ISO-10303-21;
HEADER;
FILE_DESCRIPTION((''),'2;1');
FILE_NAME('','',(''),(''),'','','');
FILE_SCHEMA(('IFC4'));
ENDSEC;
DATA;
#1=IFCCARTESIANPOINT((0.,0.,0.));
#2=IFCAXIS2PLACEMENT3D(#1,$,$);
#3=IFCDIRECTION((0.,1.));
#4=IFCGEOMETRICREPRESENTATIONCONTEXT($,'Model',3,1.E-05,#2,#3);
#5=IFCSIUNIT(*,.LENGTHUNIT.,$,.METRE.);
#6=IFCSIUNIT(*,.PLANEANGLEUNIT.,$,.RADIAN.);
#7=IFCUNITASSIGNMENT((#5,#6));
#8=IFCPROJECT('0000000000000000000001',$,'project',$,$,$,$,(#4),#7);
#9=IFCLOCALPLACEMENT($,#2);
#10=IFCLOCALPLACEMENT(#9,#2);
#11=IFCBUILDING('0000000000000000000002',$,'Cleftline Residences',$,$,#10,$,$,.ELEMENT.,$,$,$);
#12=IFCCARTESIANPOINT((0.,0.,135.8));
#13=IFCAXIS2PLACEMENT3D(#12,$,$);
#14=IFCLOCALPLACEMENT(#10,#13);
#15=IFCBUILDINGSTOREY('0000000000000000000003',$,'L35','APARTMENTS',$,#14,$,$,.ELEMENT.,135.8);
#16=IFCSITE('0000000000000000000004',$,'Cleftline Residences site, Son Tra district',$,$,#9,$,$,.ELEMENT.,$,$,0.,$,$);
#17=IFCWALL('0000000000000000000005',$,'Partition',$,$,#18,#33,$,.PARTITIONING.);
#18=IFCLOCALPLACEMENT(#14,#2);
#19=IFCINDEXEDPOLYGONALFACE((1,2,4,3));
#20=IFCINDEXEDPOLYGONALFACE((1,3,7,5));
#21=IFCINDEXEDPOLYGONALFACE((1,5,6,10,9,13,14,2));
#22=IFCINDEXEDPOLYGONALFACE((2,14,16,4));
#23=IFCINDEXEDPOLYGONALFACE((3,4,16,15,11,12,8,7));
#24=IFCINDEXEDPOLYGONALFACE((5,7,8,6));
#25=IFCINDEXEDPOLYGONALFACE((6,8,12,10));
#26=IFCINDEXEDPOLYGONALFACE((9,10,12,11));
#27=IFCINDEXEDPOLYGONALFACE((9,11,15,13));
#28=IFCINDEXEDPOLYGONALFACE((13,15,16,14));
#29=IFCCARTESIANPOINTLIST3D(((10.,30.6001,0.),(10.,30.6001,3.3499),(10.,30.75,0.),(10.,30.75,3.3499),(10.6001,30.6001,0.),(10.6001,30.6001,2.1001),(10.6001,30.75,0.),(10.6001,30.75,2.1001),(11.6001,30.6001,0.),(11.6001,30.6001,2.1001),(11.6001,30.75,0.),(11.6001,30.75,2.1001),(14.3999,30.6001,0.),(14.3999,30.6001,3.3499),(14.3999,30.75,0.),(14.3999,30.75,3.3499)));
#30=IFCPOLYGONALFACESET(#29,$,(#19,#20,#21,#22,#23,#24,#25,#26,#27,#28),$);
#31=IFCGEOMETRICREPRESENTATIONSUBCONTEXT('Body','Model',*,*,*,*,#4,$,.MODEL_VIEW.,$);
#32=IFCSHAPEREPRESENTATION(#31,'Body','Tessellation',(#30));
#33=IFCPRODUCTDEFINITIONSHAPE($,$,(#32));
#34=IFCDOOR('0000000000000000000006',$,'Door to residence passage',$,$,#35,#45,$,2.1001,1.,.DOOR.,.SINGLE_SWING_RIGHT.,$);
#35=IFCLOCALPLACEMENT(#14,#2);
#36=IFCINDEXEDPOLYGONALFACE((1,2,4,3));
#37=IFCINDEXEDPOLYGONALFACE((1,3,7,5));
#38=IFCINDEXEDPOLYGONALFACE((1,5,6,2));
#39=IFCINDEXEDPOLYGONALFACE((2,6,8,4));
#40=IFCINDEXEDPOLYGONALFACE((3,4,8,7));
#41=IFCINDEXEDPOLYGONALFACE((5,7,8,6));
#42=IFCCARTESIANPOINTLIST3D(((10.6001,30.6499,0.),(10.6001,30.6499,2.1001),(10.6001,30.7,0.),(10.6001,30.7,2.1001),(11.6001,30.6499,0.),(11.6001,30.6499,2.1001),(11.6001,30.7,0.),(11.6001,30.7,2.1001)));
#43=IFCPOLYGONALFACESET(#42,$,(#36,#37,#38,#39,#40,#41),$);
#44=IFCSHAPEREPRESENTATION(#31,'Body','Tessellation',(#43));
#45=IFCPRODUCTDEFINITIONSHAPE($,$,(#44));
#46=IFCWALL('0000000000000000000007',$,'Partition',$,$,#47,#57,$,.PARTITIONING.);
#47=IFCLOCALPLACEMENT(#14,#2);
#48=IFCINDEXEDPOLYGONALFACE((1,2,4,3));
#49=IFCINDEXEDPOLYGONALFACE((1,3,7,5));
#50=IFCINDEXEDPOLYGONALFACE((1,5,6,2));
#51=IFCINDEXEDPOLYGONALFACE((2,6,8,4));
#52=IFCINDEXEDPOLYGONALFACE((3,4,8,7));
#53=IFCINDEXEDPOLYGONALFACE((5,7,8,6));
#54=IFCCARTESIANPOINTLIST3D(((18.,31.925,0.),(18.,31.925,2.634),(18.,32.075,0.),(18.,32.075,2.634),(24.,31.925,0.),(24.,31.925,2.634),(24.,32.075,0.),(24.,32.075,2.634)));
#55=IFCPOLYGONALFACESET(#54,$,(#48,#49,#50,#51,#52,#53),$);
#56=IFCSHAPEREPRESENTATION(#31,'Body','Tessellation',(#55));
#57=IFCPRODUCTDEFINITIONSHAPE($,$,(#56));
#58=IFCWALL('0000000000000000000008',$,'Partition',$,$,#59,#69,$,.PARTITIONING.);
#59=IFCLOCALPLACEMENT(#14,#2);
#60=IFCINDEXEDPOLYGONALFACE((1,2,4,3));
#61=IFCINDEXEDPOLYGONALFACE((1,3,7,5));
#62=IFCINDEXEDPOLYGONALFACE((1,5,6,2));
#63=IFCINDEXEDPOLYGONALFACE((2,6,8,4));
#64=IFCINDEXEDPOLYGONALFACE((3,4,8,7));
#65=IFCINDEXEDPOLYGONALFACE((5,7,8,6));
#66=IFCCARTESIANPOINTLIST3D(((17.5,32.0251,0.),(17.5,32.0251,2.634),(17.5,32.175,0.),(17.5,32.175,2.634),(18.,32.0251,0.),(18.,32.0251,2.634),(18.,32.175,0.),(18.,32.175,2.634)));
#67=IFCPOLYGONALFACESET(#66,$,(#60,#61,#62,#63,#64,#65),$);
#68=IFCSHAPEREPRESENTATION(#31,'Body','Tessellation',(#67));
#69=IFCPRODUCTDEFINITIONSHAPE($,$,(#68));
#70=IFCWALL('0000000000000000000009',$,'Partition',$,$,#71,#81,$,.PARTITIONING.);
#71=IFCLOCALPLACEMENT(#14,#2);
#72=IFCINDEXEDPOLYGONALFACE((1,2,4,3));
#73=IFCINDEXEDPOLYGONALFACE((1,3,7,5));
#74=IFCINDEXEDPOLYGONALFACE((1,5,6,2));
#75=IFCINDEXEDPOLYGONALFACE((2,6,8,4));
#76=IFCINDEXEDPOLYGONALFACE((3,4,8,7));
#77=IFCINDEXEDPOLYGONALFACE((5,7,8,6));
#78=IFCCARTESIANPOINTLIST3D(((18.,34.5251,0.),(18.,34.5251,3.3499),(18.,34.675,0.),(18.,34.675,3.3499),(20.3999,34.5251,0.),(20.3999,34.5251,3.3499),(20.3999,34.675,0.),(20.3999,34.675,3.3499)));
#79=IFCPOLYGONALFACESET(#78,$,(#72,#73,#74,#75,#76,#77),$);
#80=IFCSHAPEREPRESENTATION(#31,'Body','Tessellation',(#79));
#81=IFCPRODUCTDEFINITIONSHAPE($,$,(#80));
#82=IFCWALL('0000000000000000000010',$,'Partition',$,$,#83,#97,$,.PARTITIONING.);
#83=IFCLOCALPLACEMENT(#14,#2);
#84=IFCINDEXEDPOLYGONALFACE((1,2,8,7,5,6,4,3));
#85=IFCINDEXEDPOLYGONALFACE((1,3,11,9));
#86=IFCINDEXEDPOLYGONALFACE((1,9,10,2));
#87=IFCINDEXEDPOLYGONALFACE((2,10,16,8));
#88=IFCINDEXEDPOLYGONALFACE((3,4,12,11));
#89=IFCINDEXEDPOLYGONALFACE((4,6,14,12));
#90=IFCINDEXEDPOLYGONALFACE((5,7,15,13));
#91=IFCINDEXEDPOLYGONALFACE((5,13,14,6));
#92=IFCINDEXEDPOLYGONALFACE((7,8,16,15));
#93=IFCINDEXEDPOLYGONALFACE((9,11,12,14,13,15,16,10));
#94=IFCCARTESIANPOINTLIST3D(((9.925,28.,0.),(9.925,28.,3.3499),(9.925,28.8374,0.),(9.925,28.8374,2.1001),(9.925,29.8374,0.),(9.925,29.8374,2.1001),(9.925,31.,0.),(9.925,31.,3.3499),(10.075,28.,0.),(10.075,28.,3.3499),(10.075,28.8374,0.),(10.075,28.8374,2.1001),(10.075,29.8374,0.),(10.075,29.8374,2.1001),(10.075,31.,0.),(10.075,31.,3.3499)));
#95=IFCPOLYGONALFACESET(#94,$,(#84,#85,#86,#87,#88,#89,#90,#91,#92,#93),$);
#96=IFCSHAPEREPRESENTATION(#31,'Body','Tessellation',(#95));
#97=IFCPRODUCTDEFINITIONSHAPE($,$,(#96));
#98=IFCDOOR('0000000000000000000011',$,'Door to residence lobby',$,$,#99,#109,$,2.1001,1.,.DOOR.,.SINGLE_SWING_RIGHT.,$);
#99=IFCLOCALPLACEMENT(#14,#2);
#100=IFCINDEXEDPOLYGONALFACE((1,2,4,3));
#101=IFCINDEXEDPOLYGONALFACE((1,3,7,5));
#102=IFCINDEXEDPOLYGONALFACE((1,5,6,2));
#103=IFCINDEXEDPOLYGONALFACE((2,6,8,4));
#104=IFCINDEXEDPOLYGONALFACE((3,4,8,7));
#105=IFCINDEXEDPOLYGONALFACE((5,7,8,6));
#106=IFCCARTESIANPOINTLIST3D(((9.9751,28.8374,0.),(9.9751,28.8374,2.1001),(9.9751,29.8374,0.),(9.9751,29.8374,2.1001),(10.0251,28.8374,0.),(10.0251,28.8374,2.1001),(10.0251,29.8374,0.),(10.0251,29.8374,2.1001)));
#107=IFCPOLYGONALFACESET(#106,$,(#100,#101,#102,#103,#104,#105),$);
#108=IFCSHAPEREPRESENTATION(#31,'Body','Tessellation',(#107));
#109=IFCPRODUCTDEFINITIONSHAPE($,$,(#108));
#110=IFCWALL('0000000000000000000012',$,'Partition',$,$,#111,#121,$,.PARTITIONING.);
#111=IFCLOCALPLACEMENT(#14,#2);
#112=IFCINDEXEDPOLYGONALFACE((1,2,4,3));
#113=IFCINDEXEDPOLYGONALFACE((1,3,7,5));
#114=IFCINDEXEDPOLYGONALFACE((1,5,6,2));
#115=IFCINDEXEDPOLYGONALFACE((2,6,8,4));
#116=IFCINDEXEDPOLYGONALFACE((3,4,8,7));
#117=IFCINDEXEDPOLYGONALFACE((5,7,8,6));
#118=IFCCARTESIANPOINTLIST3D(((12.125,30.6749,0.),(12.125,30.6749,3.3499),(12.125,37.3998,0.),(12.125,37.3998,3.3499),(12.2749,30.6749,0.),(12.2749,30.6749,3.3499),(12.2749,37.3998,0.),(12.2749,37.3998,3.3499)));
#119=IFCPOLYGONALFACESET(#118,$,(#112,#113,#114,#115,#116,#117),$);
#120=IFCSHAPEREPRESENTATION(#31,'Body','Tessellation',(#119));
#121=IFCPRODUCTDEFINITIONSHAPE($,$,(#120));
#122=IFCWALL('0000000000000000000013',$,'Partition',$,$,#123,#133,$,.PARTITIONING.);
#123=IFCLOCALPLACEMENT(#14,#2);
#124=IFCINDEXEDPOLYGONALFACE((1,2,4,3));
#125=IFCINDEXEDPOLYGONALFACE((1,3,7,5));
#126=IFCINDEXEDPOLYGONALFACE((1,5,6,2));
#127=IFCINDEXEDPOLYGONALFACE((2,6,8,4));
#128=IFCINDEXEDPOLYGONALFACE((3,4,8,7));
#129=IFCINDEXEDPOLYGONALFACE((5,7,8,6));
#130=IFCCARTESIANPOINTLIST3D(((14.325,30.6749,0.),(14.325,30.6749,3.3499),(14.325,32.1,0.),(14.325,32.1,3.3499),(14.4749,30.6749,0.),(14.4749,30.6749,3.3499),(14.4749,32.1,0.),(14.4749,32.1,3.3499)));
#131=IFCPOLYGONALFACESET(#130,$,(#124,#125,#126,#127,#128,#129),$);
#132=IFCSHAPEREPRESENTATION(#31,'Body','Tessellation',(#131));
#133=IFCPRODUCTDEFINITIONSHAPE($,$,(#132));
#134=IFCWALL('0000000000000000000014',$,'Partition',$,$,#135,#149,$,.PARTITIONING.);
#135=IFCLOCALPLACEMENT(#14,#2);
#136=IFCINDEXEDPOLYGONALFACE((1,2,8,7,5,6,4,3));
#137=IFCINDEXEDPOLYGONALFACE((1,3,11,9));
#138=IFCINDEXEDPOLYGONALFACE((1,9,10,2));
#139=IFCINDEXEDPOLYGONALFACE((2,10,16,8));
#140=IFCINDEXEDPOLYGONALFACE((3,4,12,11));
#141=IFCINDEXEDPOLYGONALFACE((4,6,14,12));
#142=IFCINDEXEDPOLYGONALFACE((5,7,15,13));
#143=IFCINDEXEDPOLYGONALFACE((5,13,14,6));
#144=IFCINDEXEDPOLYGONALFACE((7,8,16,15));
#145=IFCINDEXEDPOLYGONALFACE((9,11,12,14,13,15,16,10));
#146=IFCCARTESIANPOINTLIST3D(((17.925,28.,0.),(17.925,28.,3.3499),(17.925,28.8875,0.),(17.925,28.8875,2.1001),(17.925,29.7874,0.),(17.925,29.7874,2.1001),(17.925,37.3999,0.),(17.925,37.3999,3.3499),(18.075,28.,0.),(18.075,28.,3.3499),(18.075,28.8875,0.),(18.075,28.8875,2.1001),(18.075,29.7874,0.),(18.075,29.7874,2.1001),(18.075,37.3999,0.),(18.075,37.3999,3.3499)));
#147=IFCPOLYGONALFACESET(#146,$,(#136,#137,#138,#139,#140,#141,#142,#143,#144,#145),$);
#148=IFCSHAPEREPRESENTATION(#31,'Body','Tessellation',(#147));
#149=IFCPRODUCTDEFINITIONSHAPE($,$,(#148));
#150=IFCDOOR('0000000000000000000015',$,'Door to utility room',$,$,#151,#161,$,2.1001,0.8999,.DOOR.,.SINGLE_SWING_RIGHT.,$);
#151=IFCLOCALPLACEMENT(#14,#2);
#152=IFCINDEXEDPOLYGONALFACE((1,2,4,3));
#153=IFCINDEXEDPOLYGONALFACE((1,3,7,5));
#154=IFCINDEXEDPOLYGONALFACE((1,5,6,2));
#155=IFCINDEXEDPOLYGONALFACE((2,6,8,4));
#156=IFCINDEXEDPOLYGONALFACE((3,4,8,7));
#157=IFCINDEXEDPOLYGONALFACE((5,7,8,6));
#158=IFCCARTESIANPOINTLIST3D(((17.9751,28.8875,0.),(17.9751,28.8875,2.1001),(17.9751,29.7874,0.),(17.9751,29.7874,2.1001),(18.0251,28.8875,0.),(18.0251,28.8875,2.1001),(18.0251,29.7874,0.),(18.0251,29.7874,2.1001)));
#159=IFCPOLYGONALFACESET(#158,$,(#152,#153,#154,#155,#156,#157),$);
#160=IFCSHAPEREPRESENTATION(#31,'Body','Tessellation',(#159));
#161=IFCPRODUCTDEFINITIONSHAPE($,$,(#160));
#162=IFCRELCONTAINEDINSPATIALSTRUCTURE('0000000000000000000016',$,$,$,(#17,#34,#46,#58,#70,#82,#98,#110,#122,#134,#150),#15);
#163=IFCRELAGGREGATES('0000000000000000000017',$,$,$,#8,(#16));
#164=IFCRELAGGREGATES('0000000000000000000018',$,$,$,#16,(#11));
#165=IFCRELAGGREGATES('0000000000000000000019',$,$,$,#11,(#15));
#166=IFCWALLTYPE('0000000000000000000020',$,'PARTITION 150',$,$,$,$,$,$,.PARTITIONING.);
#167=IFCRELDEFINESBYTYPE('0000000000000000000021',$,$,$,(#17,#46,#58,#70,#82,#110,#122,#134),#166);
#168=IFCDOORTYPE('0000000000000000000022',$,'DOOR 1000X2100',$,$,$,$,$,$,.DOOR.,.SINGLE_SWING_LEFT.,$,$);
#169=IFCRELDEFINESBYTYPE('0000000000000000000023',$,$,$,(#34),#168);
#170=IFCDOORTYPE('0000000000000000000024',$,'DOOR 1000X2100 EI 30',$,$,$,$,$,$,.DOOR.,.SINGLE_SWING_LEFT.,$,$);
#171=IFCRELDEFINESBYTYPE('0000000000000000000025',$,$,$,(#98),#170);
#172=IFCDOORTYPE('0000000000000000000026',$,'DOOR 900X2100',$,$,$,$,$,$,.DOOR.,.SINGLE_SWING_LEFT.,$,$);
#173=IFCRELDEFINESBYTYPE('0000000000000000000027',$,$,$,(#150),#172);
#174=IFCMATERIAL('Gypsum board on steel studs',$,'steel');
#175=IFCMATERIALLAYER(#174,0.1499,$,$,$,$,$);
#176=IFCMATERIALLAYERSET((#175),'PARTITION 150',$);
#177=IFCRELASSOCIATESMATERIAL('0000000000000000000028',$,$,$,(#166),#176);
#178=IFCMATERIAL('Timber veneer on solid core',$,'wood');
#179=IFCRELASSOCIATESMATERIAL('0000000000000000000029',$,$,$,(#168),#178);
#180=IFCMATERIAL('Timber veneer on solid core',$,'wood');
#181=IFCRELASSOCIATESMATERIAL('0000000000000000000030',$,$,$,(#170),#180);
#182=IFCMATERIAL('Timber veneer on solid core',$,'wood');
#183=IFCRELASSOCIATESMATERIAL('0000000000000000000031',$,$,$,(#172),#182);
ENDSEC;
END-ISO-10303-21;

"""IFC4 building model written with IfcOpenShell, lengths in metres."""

from ifc_helpers import new_model, si_unit, direction, frame, frame_2d, origin, place, context, subcontext, project, spatial, rectangle, extrude, material, layer, layer_set, type_object, element, fill, save


model = new_model("IFC4")

# Units and contexts
model_context = context("Model", 3, precision=1e-05, world=origin(), true_north=direction((0.0, 1.0)))
body_context = subcontext(model_context, "Body", "Model", "MODEL_VIEW")
ifc_project = project(units=[si_unit("LENGTHUNIT", "METRE"), si_unit("PLANEANGLEUNIT", "RADIAN")], contexts=[model_context])

# Site, building, storey
site_placement = place(None, origin())
site = spatial("IfcSite", under=ifc_project, at=site_placement, Name="Cleftline Residences site, Son Tra district", CompositionType="ELEMENT", RefElevation=0.0)
building_placement = place(site_placement, origin())
building = spatial("IfcBuilding", under=site, at=building_placement, Name="Cleftline Residences", CompositionType="ELEMENT")
storey_placement = place(building_placement, frame((0.0, 0.0, 135.8)))
storey = spatial("IfcBuildingStorey", under=building, at=storey_placement, Name="L35", Description="APARTMENTS", CompositionType="ELEMENT", Elevation=135.8)

# Wall, opening, door
ifc_material_1 = material(Name="Gypsum board on steel studs", Category="steel")
ifc_layer_1 = layer(ifc_material_1, 0.1499)
ifc_layer_set_1 = layer_set([ifc_layer_1], Name="PARTITION 150")
wall_type_1 = type_object("IfcWallType", Name="PARTITION 150", PredefinedType="PARTITIONING", material=ifc_layer_set_1)
wall_1_placement = place(storey_placement, frame((10.0, 30.675, 0.0), z_axis=(0.0, 0.0, 1.0), x_axis=(1.0, 0.0, 0.0)))
wall_1 = element("IfcWall", 1, at=wall_1_placement, inside=storey, type_object=wall_type_1, Name="Partition", PredefinedType="PARTITIONING", context=body_context, shape_type="SweptSolid", body=[
    extrude(rectangle(XDim=4.3999, YDim=0.1499, at=frame_2d((2.2, 0.0))), origin(), (0.0, 0.0, 1.0), 3.3499),
])
opening_1_placement = place(wall_1_placement, frame((0.6001, 0.0, 0.0)))
opening_1 = element("IfcOpeningElement", 2, at=opening_1_placement, cuts=wall_1, PredefinedType="OPENING", context=body_context, shape_type="SweptSolid", body=[
    extrude(rectangle(XDim=1.0, YDim=2.1001, at=frame_2d((0.5, 1.05))), frame((0.0, 0.085, 0.0), z_axis=(0.0, -1.0, 0.0), x_axis=(1.0, 0.0, 0.0)), (0.0, 0.0, 1.0), 0.1699),
])
ifc_material_2 = material(Name="Timber veneer on solid core", Category="wood")
door_type_1 = type_object("IfcDoorType", Name="DOOR 1000X2100", OperationType="SINGLE_SWING_LEFT", PredefinedType="DOOR", material=ifc_material_2)
door_1_placement = place(opening_1_placement, origin())
door_1 = element("IfcDoor", 3, at=door_1_placement, inside=storey, type_object=door_type_1, Name="Door to residence passage", OperationType="SINGLE_SWING_RIGHT", OverallHeight=2.1001, OverallWidth=1.0, PredefinedType="DOOR", context=body_context, shape_type="SweptSolid", body=[
    extrude(rectangle(XDim=1.0, YDim=2.1001, at=frame_2d((0.5, 1.05))), frame((0.0, 0.0249, 0.0), z_axis=(0.0, -1.0, 0.0), x_axis=(1.0, 0.0, 0.0)), (0.0, 0.0, 1.0), 0.05),
])
fill(opening_1, door_1)

# Walls
wall_2_placement = place(storey_placement, frame((18.0, 32.0, 0.0), z_axis=(0.0, 0.0, 1.0), x_axis=(1.0, 0.0, 0.0)))
element("IfcWall", 4, at=wall_2_placement, inside=storey, type_object=wall_type_1, Name="Partition", PredefinedType="PARTITIONING", context=body_context, shape_type="SweptSolid", body=[
    extrude(rectangle(XDim=6.0, YDim=0.1499, at=frame_2d((3.0, 0.0))), origin(), (0.0, 0.0, 1.0), 2.634),
])
wall_3_placement = place(storey_placement, frame((17.5, 32.1001, 0.0), z_axis=(0.0, 0.0, 1.0), x_axis=(1.0, 0.0, 0.0)))
element("IfcWall", 5, at=wall_3_placement, inside=storey, type_object=wall_type_1, Name="Partition", PredefinedType="PARTITIONING", context=body_context, shape_type="SweptSolid", body=[
    extrude(rectangle(XDim=0.5, YDim=0.1499, at=frame_2d((0.25, 0.0))), origin(), (0.0, 0.0, 1.0), 2.634),
])
wall_4_placement = place(storey_placement, frame((18.0, 34.6001, 0.0), z_axis=(0.0, 0.0, 1.0), x_axis=(1.0, 0.0, 0.0)))
element("IfcWall", 6, at=wall_4_placement, inside=storey, type_object=wall_type_1, Name="Partition", PredefinedType="PARTITIONING", context=body_context, shape_type="SweptSolid", body=[
    extrude(rectangle(XDim=2.3999, YDim=0.1499, at=frame_2d((1.2, 0.0))), origin(), (0.0, 0.0, 1.0), 3.3499),
])

# Wall, opening, door
wall_5_placement = place(storey_placement, frame((10.0, 28.0, 0.0), z_axis=(0.0, 0.0, 1.0), x_axis=(0.0, 1.0, 0.0)))
wall_5 = element("IfcWall", 7, at=wall_5_placement, inside=storey, type_object=wall_type_1, Name="Partition", PredefinedType="PARTITIONING", context=body_context, shape_type="SweptSolid", body=[
    extrude(rectangle(XDim=3.0, YDim=0.1499, at=frame_2d((1.5, 0.0))), origin(), (0.0, 0.0, 1.0), 3.3499),
])
opening_2_placement = place(wall_5_placement, frame((0.8374, 0.0, 0.0)))
opening_2 = element("IfcOpeningElement", 8, at=opening_2_placement, cuts=wall_5, PredefinedType="OPENING", context=body_context, shape_type="SweptSolid", body=[
    extrude(rectangle(XDim=1.0, YDim=2.1001, at=frame_2d((0.5, 1.05))), frame((0.0, 0.085, 0.0), z_axis=(0.0, -1.0, 0.0), x_axis=(1.0, 0.0, 0.0)), (0.0, 0.0, 1.0), 0.1699),
])
ifc_material_3 = material(Name="Timber veneer on solid core", Category="wood")
door_type_2 = type_object("IfcDoorType", Name="DOOR 1000X2100 EI 30", OperationType="SINGLE_SWING_LEFT", PredefinedType="DOOR", material=ifc_material_3)
door_2_placement = place(opening_2_placement, origin())
door_2 = element("IfcDoor", 9, at=door_2_placement, inside=storey, type_object=door_type_2, Name="Door to residence lobby", OperationType="SINGLE_SWING_RIGHT", OverallHeight=2.1001, OverallWidth=1.0, PredefinedType="DOOR", context=body_context, shape_type="SweptSolid", body=[
    extrude(rectangle(XDim=1.0, YDim=2.1001, at=frame_2d((0.5, 1.05))), frame((0.0, 0.0249, 0.0), z_axis=(0.0, -1.0, 0.0), x_axis=(1.0, 0.0, 0.0)), (0.0, 0.0, 1.0), 0.05),
])
fill(opening_2, door_2)

# Walls
wall_6_placement = place(storey_placement, frame((12.2, 30.675, 0.0), z_axis=(0.0, 0.0, 1.0), x_axis=(0.0, 1.0, 0.0)))
element("IfcWall", 10, at=wall_6_placement, inside=storey, type_object=wall_type_1, Name="Partition", PredefinedType="PARTITIONING", context=body_context, shape_type="SweptSolid", body=[
    extrude(rectangle(XDim=6.7249, YDim=0.1499, at=frame_2d((3.3623, 0.0))), origin(), (0.0, 0.0, 1.0), 3.3499),
])
wall_7_placement = place(storey_placement, frame((14.3999, 30.675, 0.0), z_axis=(0.0, 0.0, 1.0), x_axis=(0.0, 1.0, 0.0)))
element("IfcWall", 11, at=wall_7_placement, inside=storey, type_object=wall_type_1, Name="Partition", PredefinedType="PARTITIONING", context=body_context, shape_type="SweptSolid", body=[
    extrude(rectangle(XDim=1.425, YDim=0.1499, at=frame_2d((0.7124, 0.0))), origin(), (0.0, 0.0, 1.0), 3.3499),
])

# Wall, opening, door
wall_8_placement = place(storey_placement, frame((18.0, 28.0, 0.0), z_axis=(0.0, 0.0, 1.0), x_axis=(0.0, 1.0, 0.0)))
wall_8 = element("IfcWall", 12, at=wall_8_placement, inside=storey, type_object=wall_type_1, Name="Partition", PredefinedType="PARTITIONING", context=body_context, shape_type="SweptSolid", body=[
    extrude(rectangle(XDim=9.3999, YDim=0.1499, at=frame_2d((4.7, 0.0))), origin(), (0.0, 0.0, 1.0), 3.3499),
])
opening_3_placement = place(wall_8_placement, frame((0.8875, 0.0, 0.0)))
opening_3 = element("IfcOpeningElement", 13, at=opening_3_placement, cuts=wall_8, PredefinedType="OPENING", context=body_context, shape_type="SweptSolid", body=[
    extrude(rectangle(XDim=0.8999, YDim=2.1001, at=frame_2d((0.45, 1.05))), frame((0.0, 0.085, 0.0), z_axis=(0.0, -1.0, 0.0), x_axis=(1.0, 0.0, 0.0)), (0.0, 0.0, 1.0), 0.1699),
])
ifc_material_4 = material(Name="Timber veneer on solid core", Category="wood")
door_type_3 = type_object("IfcDoorType", Name="DOOR 900X2100", OperationType="SINGLE_SWING_LEFT", PredefinedType="DOOR", material=ifc_material_4)
door_3_placement = place(opening_3_placement, origin())
door_3 = element("IfcDoor", 14, at=door_3_placement, inside=storey, type_object=door_type_3, Name="Door to utility room", OperationType="SINGLE_SWING_RIGHT", OverallHeight=2.1001, OverallWidth=0.8999, PredefinedType="DOOR", context=body_context, shape_type="SweptSolid", body=[
    extrude(rectangle(XDim=0.8999, YDim=2.1001, at=frame_2d((0.45, 1.05))), frame((0.0, 0.0249, 0.0), z_axis=(0.0, -1.0, 0.0), x_axis=(1.0, 0.0, 0.0)), (0.0, 0.0, 1.0), 0.05),
])
fill(opening_3, door_3)

save(model, "model.ifc")
